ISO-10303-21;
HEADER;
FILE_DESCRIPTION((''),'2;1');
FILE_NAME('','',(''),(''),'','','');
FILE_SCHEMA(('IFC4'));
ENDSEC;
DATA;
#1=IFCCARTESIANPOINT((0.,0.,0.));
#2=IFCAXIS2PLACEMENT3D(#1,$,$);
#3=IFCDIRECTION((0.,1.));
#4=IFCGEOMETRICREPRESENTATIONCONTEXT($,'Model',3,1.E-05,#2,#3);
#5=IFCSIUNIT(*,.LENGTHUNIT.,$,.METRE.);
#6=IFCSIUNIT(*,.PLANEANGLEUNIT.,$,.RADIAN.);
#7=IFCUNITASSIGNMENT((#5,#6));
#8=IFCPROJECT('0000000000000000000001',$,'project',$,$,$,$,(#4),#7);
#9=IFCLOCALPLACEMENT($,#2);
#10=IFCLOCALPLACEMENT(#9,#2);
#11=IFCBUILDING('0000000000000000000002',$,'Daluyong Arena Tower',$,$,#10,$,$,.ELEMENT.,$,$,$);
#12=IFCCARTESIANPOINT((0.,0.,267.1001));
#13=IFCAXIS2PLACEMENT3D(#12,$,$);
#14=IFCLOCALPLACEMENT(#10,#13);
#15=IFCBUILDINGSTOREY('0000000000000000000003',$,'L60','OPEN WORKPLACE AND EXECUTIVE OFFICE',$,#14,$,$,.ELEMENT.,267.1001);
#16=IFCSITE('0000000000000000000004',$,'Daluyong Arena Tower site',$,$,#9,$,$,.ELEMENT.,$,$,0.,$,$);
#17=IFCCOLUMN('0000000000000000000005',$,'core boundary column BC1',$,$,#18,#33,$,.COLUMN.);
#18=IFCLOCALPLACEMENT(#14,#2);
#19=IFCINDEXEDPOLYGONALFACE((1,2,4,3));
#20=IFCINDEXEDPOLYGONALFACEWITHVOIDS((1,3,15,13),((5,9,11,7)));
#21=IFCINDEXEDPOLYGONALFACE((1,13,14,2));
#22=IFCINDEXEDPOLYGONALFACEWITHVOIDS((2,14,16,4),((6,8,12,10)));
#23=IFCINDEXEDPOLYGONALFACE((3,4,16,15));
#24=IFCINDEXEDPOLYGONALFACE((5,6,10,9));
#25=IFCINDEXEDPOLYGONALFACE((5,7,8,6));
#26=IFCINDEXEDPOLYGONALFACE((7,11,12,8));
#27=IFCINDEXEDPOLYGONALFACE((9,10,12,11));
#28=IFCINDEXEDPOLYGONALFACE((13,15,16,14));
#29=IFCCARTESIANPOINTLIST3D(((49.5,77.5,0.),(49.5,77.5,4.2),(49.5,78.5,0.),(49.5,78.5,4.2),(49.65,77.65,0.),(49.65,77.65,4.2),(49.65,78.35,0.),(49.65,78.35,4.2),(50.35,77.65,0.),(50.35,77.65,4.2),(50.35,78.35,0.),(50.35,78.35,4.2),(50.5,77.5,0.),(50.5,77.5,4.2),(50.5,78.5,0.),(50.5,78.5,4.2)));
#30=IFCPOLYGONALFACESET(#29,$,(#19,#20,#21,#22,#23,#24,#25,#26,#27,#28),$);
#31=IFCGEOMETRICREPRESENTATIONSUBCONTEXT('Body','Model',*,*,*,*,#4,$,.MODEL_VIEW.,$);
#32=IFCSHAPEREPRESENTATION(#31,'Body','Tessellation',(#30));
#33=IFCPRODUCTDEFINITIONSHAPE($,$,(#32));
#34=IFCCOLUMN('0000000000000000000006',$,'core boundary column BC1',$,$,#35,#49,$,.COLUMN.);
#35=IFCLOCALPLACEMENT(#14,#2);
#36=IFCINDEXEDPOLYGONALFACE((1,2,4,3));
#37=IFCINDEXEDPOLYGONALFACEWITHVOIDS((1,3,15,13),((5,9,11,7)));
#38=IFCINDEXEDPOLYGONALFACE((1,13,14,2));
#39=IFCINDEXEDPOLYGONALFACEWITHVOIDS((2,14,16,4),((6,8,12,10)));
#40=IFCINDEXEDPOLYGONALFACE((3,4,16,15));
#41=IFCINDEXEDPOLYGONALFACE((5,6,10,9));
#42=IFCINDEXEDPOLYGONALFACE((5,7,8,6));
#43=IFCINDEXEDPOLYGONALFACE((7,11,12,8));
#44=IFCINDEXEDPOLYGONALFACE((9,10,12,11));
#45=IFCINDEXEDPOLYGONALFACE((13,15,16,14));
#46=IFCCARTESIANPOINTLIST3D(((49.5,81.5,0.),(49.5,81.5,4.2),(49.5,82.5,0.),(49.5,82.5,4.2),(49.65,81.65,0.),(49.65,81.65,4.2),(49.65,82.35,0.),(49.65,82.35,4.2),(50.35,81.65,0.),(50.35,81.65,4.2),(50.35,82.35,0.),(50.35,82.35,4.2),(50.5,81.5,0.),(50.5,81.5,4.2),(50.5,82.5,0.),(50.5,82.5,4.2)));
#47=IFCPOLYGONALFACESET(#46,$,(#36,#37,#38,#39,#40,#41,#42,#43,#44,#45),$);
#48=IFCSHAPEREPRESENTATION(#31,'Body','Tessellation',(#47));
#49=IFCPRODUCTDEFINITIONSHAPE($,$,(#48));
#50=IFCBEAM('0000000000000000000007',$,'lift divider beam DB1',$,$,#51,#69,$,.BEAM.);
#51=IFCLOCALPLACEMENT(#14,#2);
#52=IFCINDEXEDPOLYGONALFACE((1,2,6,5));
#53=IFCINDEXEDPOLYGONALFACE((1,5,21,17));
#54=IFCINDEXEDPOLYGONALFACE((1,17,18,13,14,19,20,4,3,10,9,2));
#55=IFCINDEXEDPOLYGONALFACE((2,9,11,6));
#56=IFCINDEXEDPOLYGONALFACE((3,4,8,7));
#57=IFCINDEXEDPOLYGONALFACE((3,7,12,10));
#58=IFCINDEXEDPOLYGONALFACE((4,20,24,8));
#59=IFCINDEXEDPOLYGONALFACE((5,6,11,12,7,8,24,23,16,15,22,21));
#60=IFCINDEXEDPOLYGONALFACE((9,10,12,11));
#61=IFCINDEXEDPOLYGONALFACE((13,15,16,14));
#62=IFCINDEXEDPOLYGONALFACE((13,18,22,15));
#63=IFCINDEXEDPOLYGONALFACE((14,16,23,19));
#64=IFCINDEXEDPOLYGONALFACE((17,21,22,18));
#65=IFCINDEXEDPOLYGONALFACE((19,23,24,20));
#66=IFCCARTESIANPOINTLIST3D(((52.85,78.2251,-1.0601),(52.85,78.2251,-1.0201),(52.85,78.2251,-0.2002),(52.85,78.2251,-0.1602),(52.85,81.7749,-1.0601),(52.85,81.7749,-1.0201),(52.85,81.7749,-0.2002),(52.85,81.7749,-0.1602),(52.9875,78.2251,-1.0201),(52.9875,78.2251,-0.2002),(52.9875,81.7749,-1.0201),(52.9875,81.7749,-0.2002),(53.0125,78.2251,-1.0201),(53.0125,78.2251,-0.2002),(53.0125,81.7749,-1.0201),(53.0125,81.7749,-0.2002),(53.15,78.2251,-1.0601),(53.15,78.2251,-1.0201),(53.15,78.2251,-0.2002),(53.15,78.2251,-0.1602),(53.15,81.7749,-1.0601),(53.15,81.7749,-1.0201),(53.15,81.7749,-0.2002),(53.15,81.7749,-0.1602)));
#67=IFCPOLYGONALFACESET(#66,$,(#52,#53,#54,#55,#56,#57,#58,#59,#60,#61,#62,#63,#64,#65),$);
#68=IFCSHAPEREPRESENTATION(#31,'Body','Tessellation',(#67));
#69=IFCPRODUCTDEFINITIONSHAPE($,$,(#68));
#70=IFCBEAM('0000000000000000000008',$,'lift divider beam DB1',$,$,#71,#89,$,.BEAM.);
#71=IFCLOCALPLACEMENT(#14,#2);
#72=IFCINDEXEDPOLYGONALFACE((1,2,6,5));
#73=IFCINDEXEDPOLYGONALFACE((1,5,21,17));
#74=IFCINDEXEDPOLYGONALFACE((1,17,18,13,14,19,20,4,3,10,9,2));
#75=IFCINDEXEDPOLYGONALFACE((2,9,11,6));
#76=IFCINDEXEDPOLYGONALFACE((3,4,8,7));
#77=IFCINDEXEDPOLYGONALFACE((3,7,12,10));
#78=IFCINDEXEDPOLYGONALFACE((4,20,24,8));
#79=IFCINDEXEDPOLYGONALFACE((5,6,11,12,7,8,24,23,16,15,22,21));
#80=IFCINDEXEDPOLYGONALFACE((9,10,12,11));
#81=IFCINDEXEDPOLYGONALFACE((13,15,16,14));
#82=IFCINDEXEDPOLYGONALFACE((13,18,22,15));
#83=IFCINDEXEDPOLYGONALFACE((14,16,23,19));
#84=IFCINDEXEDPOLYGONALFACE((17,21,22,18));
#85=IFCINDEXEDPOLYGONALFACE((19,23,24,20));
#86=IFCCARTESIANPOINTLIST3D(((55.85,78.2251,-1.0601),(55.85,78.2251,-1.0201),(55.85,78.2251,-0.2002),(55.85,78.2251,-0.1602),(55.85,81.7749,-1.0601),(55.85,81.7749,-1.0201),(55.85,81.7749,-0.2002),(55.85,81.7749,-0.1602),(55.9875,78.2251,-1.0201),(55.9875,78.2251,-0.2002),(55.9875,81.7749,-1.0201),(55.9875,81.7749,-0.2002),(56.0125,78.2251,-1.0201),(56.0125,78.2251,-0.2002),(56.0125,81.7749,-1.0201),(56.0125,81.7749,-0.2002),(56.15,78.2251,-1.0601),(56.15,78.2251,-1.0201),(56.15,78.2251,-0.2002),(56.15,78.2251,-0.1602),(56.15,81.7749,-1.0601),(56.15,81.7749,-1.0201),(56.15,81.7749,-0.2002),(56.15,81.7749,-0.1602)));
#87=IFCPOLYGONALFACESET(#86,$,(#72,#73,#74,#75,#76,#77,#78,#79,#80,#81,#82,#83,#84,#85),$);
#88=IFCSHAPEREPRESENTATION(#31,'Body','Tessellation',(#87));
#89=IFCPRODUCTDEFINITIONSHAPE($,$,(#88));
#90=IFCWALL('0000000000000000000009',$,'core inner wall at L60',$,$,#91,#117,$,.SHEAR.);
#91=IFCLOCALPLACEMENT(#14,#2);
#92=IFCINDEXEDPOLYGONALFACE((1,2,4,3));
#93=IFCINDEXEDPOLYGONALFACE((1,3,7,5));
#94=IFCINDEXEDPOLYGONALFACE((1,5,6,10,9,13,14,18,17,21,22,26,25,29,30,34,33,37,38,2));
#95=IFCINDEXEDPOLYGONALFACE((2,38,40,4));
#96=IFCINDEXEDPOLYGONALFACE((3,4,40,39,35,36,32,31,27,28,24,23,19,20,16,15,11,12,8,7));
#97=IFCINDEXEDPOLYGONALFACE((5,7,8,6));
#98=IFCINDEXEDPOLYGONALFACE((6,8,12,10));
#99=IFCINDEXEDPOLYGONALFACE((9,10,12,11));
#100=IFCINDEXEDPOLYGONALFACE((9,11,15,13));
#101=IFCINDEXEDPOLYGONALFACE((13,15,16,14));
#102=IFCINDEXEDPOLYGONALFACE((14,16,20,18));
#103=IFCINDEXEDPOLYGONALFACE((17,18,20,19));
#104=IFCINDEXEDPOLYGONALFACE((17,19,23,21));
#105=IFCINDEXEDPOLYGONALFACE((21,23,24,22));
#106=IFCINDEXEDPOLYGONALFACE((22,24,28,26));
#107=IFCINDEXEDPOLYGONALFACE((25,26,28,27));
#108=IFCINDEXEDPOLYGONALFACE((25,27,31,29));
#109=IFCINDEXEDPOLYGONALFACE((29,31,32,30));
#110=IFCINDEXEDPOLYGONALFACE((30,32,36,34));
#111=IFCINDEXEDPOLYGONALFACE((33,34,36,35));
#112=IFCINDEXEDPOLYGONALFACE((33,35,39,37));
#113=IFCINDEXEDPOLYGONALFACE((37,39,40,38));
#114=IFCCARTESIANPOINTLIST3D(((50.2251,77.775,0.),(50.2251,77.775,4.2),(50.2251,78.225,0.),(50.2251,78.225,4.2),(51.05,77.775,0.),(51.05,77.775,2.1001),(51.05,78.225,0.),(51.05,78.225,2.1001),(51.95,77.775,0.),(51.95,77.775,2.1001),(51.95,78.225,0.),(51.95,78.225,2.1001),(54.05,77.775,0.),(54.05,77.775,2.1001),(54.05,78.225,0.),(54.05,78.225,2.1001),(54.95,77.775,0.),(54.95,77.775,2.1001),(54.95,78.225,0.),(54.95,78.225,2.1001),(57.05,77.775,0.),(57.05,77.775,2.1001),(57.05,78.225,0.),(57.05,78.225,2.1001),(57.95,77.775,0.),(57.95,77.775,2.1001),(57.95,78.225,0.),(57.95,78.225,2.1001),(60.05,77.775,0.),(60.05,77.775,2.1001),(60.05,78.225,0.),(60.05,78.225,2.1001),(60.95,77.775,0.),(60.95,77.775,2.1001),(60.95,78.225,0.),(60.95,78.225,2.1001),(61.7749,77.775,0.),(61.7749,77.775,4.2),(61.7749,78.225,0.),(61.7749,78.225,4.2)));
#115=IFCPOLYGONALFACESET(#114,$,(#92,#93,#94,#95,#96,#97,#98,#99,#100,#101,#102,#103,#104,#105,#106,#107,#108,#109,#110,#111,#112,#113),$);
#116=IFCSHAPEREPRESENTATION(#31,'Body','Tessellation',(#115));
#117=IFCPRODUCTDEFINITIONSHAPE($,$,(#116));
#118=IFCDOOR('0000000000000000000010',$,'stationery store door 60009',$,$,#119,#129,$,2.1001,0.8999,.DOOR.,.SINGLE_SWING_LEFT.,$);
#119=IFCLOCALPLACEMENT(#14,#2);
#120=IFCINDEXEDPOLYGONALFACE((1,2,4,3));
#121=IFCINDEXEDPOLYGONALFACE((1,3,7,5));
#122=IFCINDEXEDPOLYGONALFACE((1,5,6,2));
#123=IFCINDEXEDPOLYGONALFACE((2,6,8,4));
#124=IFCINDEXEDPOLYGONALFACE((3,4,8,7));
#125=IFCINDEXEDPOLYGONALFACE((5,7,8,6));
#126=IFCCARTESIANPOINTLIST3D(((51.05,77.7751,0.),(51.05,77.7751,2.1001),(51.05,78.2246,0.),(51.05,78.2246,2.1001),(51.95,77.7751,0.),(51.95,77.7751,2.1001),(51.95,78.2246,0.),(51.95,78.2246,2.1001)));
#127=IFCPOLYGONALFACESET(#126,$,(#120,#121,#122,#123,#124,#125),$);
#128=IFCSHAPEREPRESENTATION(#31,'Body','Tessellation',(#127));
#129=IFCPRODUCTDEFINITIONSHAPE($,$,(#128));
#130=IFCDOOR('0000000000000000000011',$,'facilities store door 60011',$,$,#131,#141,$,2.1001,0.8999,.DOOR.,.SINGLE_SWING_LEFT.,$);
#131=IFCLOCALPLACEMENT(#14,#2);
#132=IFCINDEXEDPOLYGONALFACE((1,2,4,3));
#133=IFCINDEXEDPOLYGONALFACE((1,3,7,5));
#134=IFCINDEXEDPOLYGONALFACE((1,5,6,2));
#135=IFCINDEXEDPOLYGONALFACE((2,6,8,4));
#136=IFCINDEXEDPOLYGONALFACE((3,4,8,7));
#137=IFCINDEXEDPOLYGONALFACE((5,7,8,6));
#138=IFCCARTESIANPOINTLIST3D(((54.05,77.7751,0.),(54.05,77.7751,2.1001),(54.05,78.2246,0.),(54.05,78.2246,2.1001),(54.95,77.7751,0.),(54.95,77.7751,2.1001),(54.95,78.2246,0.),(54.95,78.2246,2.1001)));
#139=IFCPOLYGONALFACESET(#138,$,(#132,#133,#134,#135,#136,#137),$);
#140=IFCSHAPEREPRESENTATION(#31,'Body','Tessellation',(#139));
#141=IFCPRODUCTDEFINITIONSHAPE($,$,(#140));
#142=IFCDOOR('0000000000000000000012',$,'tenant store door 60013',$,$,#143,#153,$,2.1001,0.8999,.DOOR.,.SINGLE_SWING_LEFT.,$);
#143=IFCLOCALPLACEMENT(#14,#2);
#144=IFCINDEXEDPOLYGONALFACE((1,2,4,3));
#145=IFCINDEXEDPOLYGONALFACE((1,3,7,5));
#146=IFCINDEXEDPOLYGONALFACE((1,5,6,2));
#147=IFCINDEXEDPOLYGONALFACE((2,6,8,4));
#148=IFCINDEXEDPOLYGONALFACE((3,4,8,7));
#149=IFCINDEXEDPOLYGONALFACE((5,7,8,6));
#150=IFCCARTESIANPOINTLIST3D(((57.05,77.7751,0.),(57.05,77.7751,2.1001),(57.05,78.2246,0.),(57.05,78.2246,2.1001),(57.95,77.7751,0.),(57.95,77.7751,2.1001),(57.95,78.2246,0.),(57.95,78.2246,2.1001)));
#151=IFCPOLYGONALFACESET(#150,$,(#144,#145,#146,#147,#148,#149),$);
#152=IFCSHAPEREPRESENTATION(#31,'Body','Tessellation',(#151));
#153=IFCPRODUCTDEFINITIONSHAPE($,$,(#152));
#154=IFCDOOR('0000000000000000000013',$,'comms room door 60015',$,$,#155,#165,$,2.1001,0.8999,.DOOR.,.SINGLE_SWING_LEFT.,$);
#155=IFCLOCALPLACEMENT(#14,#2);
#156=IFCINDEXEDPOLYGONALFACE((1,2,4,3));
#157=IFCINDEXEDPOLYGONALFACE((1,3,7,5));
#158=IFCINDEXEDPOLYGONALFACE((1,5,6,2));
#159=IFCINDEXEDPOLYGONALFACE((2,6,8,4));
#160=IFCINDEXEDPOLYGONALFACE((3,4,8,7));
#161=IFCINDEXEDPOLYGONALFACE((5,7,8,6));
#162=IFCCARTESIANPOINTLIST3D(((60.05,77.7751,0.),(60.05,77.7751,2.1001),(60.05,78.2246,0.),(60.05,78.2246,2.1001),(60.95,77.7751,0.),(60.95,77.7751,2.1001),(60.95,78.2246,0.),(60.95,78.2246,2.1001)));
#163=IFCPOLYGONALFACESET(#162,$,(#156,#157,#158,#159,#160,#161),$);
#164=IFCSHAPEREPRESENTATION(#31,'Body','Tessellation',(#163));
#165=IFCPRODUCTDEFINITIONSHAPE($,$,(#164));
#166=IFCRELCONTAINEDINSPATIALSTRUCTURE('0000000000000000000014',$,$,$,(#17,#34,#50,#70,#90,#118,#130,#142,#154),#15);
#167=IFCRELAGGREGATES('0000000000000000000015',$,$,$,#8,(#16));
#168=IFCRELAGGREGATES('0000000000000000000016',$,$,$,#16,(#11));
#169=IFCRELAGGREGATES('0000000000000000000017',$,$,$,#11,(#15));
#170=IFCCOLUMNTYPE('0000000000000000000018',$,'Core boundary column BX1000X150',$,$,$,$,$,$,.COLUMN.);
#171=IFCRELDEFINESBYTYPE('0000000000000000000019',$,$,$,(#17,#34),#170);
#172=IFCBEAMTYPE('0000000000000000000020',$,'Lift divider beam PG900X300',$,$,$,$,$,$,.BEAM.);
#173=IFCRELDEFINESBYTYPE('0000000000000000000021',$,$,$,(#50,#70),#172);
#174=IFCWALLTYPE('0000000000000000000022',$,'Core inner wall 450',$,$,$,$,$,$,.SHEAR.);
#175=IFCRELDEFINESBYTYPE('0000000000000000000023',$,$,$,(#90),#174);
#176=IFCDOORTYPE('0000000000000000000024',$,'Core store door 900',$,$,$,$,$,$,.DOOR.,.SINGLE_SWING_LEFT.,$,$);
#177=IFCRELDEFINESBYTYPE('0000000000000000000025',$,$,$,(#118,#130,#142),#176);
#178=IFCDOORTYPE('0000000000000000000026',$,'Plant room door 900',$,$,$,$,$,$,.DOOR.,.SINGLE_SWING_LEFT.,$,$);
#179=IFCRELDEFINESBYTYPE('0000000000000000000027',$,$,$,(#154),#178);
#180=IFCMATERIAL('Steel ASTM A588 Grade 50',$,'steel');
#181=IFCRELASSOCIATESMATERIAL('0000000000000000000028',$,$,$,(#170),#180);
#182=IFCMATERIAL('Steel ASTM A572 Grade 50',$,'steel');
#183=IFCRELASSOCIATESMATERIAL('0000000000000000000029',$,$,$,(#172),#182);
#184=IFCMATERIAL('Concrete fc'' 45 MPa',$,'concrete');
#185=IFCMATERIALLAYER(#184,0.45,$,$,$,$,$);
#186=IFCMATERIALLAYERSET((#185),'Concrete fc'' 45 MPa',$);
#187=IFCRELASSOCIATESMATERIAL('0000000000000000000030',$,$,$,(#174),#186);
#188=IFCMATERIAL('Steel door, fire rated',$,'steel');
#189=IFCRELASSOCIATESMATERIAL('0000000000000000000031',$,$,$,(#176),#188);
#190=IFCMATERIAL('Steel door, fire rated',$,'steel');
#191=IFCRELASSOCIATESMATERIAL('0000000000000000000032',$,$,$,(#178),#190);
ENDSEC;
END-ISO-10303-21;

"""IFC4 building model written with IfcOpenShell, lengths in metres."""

from ifc_helpers import new_model, si_unit, direction, frame, frame_2d, origin, origin_2d, place, context, subcontext, project, spatial, rectangle, hollow_rectangle, i_section, extrude, material, layer, layer_set, material_profile, profile_set, type_object, element, fill, save


model = new_model("IFC4")

# Units and contexts
model_context = context("Model", 3, precision=1e-05, world=origin(), true_north=direction((0.0, 1.0)))
body_context = subcontext(model_context, "Body", "Model", "MODEL_VIEW")
ifc_project = project(units=[si_unit("LENGTHUNIT", "METRE"), si_unit("PLANEANGLEUNIT", "RADIAN")], contexts=[model_context])

# Site, building, storey
site_placement = place(None, origin())
site = spatial("IfcSite", under=ifc_project, at=site_placement, Name="Daluyong Arena Tower site", CompositionType="ELEMENT", RefElevation=0.0)
building_placement = place(site_placement, origin())
building = spatial("IfcBuilding", under=site, at=building_placement, Name="Daluyong Arena Tower", CompositionType="ELEMENT")
storey_placement = place(building_placement, frame((0.0, 0.0, 267.1001)))
storey = spatial("IfcBuildingStorey", under=building, at=storey_placement, Name="L60", Description="OPEN WORKPLACE AND EXECUTIVE OFFICE", CompositionType="ELEMENT", Elevation=267.1001)

# Columns
ifc_material_1 = material(Name="Steel ASTM A588 Grade 50", Category="steel")
ifc_material_profile_1 = material_profile(ifc_material_1, hollow_rectangle(XDim=1.0, YDim=1.0, WallThickness=0.15, at=origin_2d()))
ifc_profile_set_1 = profile_set([ifc_material_profile_1], Name="Steel ASTM A588 Grade 50")
column_type = type_object("IfcColumnType", Name="Core boundary column BX1000X150", PredefinedType="COLUMN", material=ifc_profile_set_1)
for number, where, z_axis, x_axis, name in (
    (1, (50.0, 78.0, 0.0), (0.0, 0.0, 1.0), (1.0, 0.0, 0.0), "core boundary column BC1"),
    (2, (50.0, 82.0, 0.0), (0.0, 0.0, 1.0), (1.0, 0.0, 0.0), "core boundary column BC1"),
):
    element("IfcColumn", number, at=place(storey_placement, frame(where, z_axis=z_axis, x_axis=x_axis)), inside=storey, type_object=column_type, Name=name, PredefinedType="COLUMN", context=body_context, shape_type="SweptSolid", body=[
        extrude(hollow_rectangle(XDim=1.0, YDim=1.0, WallThickness=0.15, at=origin_2d()), origin(), (0.0, 0.0, 1.0), 4.2),
    ])

# Beams
ifc_material_2 = material(Name="Steel ASTM A572 Grade 50", Category="steel")
ifc_material_profile_2 = material_profile(ifc_material_2, i_section(OverallWidth=0.3, OverallDepth=0.8999, WebThickness=0.025, FlangeThickness=0.04, at=origin_2d()))
ifc_profile_set_2 = profile_set([ifc_material_profile_2], Name="Steel ASTM A572 Grade 50")
beam_type = type_object("IfcBeamType", Name="Lift divider beam PG900X300", PredefinedType="BEAM", material=ifc_profile_set_2)
for number, where, z_axis, x_axis, name in (
    (3, (53.0, 78.2251, -0.6101), (0.0, 1.0, 0.0), (-1.0, 0.0, 0.0), "lift divider beam DB1"),
    (4, (56.0, 78.2251, -0.6101), (0.0, 1.0, 0.0), (-1.0, 0.0, 0.0), "lift divider beam DB1"),
):
    element("IfcBeam", number, at=place(storey_placement, frame(where, z_axis=z_axis, x_axis=x_axis)), inside=storey, type_object=beam_type, Name=name, PredefinedType="BEAM", context=body_context, shape_type="SweptSolid", body=[
        extrude(i_section(OverallWidth=0.3, OverallDepth=0.8999, WebThickness=0.025, FlangeThickness=0.04, at=origin_2d()), origin(), (0.0, 0.0, 1.0), 3.5498),
    ])

# Wall, openings, doors
ifc_material_3 = material(Name="Concrete fc' 45 MPa", Category="concrete")
ifc_layer_1 = layer(ifc_material_3, 0.45)
ifc_layer_set_1 = layer_set([ifc_layer_1], Name="Concrete fc' 45 MPa")
wall_type_1 = type_object("IfcWallType", Name="Core inner wall 450", PredefinedType="SHEAR", material=ifc_layer_set_1)
wall_1_placement = place(storey_placement, frame((50.2251, 78.0, 0.0), z_axis=(0.0, 0.0, 1.0), x_axis=(1.0, 0.0, 0.0)))
wall_1 = element("IfcWall", 5, at=wall_1_placement, inside=storey, type_object=wall_type_1, Name="core inner wall at L60", PredefinedType="SHEAR", context=body_context, shape_type="SweptSolid", body=[
    extrude(rectangle(XDim=11.5498, YDim=0.45, at=frame_2d((5.7749, 0.0))), origin(), (0.0, 0.0, 1.0), 4.2),
])
opening_1_placement = place(wall_1_placement, frame((0.825, 0.0, 0.0)))
opening_1 = element("IfcOpeningElement", 6, at=opening_1_placement, cuts=wall_1, PredefinedType="OPENING", context=body_context, shape_type="SweptSolid", body=[
    extrude(rectangle(XDim=0.8999, YDim=2.1001, at=frame_2d((0.45, 1.05))), frame((0.0, 0.2349, 0.0), z_axis=(0.0, -1.0, 0.0), x_axis=(1.0, 0.0, 0.0)), (0.0, 0.0, 1.0), 0.47),
])
opening_2_placement = place(wall_1_placement, frame((3.825, 0.0, 0.0)))
opening_2 = element("IfcOpeningElement", 7, at=opening_2_placement, cuts=wall_1, PredefinedType="OPENING", context=body_context, shape_type="SweptSolid", body=[
    extrude(rectangle(XDim=0.8999, YDim=2.1001, at=frame_2d((0.45, 1.05))), frame((0.0, 0.2349, 0.0), z_axis=(0.0, -1.0, 0.0), x_axis=(1.0, 0.0, 0.0)), (0.0, 0.0, 1.0), 0.47),
])
opening_3_placement = place(wall_1_placement, frame((6.825, 0.0, 0.0)))
opening_3 = element("IfcOpeningElement", 8, at=opening_3_placement, cuts=wall_1, PredefinedType="OPENING", context=body_context, shape_type="SweptSolid", body=[
    extrude(rectangle(XDim=0.8999, YDim=2.1001, at=frame_2d((0.45, 1.05))), frame((0.0, 0.2349, 0.0), z_axis=(0.0, -1.0, 0.0), x_axis=(1.0, 0.0, 0.0)), (0.0, 0.0, 1.0), 0.47),
])
opening_4_placement = place(wall_1_placement, frame((9.825, 0.0, 0.0)))
opening_4 = element("IfcOpeningElement", 9, at=opening_4_placement, cuts=wall_1, PredefinedType="OPENING", context=body_context, shape_type="SweptSolid", body=[
    extrude(rectangle(XDim=0.8999, YDim=2.1001, at=frame_2d((0.45, 1.05))), frame((0.0, 0.2349, 0.0), z_axis=(0.0, -1.0, 0.0), x_axis=(1.0, 0.0, 0.0)), (0.0, 0.0, 1.0), 0.47),
])
ifc_material_4 = material(Name="Steel door, fire rated", Category="steel")
door_type_1 = type_object("IfcDoorType", Name="Core store door 900", OperationType="SINGLE_SWING_LEFT", PredefinedType="DOOR", material=ifc_material_4)
door_1_placement = place(opening_1_placement, origin())
door_1 = element("IfcDoor", 10, at=door_1_placement, inside=storey, type_object=door_type_1, Name="stationery store door 60009", OperationType="SINGLE_SWING_LEFT", OverallHeight=2.1001, OverallWidth=0.8999, PredefinedType="DOOR", context=body_context, shape_type="SweptSolid", body=[
    extrude(rectangle(XDim=0.8999, YDim=2.1001, at=frame_2d((0.45, 1.05))), frame((0.0, 0.2246, 0.0), z_axis=(0.0, -1.0, 0.0), x_axis=(1.0, 0.0, 0.0)), (0.0, 0.0, 1.0), 0.4495),
])
fill(opening_1, door_1)
door_2_placement = place(opening_2_placement, origin())
door_2 = element("IfcDoor", 11, at=door_2_placement, inside=storey, type_object=door_type_1, Name="facilities store door 60011", OperationType="SINGLE_SWING_LEFT", OverallHeight=2.1001, OverallWidth=0.8999, PredefinedType="DOOR", context=body_context, shape_type="SweptSolid", body=[
    extrude(rectangle(XDim=0.8999, YDim=2.1001, at=frame_2d((0.45, 1.05))), frame((0.0, 0.2246, 0.0), z_axis=(0.0, -1.0, 0.0), x_axis=(1.0, 0.0, 0.0)), (0.0, 0.0, 1.0), 0.4495),
])
fill(opening_2, door_2)
door_3_placement = place(opening_3_placement, origin())
door_3 = element("IfcDoor", 12, at=door_3_placement, inside=storey, type_object=door_type_1, Name="tenant store door 60013", OperationType="SINGLE_SWING_LEFT", OverallHeight=2.1001, OverallWidth=0.8999, PredefinedType="DOOR", context=body_context, shape_type="SweptSolid", body=[
    extrude(rectangle(XDim=0.8999, YDim=2.1001, at=frame_2d((0.45, 1.05))), frame((0.0, 0.2246, 0.0), z_axis=(0.0, -1.0, 0.0), x_axis=(1.0, 0.0, 0.0)), (0.0, 0.0, 1.0), 0.4495),
])
fill(opening_3, door_3)
ifc_material_5 = material(Name="Steel door, fire rated", Category="steel")
door_type_2 = type_object("IfcDoorType", Name="Plant room door 900", OperationType="SINGLE_SWING_LEFT", PredefinedType="DOOR", material=ifc_material_5)
door_4_placement = place(opening_4_placement, origin())
door_4 = element("IfcDoor", 13, at=door_4_placement, inside=storey, type_object=door_type_2, Name="comms room door 60015", OperationType="SINGLE_SWING_LEFT", OverallHeight=2.1001, OverallWidth=0.8999, PredefinedType="DOOR", context=body_context, shape_type="SweptSolid", body=[
    extrude(rectangle(XDim=0.8999, YDim=2.1001, at=frame_2d((0.45, 1.05))), frame((0.0, 0.2246, 0.0), z_axis=(0.0, -1.0, 0.0), x_axis=(1.0, 0.0, 0.0)), (0.0, 0.0, 1.0), 0.4495),
])
fill(opening_4, door_4)

save(model, "model.ifc")
